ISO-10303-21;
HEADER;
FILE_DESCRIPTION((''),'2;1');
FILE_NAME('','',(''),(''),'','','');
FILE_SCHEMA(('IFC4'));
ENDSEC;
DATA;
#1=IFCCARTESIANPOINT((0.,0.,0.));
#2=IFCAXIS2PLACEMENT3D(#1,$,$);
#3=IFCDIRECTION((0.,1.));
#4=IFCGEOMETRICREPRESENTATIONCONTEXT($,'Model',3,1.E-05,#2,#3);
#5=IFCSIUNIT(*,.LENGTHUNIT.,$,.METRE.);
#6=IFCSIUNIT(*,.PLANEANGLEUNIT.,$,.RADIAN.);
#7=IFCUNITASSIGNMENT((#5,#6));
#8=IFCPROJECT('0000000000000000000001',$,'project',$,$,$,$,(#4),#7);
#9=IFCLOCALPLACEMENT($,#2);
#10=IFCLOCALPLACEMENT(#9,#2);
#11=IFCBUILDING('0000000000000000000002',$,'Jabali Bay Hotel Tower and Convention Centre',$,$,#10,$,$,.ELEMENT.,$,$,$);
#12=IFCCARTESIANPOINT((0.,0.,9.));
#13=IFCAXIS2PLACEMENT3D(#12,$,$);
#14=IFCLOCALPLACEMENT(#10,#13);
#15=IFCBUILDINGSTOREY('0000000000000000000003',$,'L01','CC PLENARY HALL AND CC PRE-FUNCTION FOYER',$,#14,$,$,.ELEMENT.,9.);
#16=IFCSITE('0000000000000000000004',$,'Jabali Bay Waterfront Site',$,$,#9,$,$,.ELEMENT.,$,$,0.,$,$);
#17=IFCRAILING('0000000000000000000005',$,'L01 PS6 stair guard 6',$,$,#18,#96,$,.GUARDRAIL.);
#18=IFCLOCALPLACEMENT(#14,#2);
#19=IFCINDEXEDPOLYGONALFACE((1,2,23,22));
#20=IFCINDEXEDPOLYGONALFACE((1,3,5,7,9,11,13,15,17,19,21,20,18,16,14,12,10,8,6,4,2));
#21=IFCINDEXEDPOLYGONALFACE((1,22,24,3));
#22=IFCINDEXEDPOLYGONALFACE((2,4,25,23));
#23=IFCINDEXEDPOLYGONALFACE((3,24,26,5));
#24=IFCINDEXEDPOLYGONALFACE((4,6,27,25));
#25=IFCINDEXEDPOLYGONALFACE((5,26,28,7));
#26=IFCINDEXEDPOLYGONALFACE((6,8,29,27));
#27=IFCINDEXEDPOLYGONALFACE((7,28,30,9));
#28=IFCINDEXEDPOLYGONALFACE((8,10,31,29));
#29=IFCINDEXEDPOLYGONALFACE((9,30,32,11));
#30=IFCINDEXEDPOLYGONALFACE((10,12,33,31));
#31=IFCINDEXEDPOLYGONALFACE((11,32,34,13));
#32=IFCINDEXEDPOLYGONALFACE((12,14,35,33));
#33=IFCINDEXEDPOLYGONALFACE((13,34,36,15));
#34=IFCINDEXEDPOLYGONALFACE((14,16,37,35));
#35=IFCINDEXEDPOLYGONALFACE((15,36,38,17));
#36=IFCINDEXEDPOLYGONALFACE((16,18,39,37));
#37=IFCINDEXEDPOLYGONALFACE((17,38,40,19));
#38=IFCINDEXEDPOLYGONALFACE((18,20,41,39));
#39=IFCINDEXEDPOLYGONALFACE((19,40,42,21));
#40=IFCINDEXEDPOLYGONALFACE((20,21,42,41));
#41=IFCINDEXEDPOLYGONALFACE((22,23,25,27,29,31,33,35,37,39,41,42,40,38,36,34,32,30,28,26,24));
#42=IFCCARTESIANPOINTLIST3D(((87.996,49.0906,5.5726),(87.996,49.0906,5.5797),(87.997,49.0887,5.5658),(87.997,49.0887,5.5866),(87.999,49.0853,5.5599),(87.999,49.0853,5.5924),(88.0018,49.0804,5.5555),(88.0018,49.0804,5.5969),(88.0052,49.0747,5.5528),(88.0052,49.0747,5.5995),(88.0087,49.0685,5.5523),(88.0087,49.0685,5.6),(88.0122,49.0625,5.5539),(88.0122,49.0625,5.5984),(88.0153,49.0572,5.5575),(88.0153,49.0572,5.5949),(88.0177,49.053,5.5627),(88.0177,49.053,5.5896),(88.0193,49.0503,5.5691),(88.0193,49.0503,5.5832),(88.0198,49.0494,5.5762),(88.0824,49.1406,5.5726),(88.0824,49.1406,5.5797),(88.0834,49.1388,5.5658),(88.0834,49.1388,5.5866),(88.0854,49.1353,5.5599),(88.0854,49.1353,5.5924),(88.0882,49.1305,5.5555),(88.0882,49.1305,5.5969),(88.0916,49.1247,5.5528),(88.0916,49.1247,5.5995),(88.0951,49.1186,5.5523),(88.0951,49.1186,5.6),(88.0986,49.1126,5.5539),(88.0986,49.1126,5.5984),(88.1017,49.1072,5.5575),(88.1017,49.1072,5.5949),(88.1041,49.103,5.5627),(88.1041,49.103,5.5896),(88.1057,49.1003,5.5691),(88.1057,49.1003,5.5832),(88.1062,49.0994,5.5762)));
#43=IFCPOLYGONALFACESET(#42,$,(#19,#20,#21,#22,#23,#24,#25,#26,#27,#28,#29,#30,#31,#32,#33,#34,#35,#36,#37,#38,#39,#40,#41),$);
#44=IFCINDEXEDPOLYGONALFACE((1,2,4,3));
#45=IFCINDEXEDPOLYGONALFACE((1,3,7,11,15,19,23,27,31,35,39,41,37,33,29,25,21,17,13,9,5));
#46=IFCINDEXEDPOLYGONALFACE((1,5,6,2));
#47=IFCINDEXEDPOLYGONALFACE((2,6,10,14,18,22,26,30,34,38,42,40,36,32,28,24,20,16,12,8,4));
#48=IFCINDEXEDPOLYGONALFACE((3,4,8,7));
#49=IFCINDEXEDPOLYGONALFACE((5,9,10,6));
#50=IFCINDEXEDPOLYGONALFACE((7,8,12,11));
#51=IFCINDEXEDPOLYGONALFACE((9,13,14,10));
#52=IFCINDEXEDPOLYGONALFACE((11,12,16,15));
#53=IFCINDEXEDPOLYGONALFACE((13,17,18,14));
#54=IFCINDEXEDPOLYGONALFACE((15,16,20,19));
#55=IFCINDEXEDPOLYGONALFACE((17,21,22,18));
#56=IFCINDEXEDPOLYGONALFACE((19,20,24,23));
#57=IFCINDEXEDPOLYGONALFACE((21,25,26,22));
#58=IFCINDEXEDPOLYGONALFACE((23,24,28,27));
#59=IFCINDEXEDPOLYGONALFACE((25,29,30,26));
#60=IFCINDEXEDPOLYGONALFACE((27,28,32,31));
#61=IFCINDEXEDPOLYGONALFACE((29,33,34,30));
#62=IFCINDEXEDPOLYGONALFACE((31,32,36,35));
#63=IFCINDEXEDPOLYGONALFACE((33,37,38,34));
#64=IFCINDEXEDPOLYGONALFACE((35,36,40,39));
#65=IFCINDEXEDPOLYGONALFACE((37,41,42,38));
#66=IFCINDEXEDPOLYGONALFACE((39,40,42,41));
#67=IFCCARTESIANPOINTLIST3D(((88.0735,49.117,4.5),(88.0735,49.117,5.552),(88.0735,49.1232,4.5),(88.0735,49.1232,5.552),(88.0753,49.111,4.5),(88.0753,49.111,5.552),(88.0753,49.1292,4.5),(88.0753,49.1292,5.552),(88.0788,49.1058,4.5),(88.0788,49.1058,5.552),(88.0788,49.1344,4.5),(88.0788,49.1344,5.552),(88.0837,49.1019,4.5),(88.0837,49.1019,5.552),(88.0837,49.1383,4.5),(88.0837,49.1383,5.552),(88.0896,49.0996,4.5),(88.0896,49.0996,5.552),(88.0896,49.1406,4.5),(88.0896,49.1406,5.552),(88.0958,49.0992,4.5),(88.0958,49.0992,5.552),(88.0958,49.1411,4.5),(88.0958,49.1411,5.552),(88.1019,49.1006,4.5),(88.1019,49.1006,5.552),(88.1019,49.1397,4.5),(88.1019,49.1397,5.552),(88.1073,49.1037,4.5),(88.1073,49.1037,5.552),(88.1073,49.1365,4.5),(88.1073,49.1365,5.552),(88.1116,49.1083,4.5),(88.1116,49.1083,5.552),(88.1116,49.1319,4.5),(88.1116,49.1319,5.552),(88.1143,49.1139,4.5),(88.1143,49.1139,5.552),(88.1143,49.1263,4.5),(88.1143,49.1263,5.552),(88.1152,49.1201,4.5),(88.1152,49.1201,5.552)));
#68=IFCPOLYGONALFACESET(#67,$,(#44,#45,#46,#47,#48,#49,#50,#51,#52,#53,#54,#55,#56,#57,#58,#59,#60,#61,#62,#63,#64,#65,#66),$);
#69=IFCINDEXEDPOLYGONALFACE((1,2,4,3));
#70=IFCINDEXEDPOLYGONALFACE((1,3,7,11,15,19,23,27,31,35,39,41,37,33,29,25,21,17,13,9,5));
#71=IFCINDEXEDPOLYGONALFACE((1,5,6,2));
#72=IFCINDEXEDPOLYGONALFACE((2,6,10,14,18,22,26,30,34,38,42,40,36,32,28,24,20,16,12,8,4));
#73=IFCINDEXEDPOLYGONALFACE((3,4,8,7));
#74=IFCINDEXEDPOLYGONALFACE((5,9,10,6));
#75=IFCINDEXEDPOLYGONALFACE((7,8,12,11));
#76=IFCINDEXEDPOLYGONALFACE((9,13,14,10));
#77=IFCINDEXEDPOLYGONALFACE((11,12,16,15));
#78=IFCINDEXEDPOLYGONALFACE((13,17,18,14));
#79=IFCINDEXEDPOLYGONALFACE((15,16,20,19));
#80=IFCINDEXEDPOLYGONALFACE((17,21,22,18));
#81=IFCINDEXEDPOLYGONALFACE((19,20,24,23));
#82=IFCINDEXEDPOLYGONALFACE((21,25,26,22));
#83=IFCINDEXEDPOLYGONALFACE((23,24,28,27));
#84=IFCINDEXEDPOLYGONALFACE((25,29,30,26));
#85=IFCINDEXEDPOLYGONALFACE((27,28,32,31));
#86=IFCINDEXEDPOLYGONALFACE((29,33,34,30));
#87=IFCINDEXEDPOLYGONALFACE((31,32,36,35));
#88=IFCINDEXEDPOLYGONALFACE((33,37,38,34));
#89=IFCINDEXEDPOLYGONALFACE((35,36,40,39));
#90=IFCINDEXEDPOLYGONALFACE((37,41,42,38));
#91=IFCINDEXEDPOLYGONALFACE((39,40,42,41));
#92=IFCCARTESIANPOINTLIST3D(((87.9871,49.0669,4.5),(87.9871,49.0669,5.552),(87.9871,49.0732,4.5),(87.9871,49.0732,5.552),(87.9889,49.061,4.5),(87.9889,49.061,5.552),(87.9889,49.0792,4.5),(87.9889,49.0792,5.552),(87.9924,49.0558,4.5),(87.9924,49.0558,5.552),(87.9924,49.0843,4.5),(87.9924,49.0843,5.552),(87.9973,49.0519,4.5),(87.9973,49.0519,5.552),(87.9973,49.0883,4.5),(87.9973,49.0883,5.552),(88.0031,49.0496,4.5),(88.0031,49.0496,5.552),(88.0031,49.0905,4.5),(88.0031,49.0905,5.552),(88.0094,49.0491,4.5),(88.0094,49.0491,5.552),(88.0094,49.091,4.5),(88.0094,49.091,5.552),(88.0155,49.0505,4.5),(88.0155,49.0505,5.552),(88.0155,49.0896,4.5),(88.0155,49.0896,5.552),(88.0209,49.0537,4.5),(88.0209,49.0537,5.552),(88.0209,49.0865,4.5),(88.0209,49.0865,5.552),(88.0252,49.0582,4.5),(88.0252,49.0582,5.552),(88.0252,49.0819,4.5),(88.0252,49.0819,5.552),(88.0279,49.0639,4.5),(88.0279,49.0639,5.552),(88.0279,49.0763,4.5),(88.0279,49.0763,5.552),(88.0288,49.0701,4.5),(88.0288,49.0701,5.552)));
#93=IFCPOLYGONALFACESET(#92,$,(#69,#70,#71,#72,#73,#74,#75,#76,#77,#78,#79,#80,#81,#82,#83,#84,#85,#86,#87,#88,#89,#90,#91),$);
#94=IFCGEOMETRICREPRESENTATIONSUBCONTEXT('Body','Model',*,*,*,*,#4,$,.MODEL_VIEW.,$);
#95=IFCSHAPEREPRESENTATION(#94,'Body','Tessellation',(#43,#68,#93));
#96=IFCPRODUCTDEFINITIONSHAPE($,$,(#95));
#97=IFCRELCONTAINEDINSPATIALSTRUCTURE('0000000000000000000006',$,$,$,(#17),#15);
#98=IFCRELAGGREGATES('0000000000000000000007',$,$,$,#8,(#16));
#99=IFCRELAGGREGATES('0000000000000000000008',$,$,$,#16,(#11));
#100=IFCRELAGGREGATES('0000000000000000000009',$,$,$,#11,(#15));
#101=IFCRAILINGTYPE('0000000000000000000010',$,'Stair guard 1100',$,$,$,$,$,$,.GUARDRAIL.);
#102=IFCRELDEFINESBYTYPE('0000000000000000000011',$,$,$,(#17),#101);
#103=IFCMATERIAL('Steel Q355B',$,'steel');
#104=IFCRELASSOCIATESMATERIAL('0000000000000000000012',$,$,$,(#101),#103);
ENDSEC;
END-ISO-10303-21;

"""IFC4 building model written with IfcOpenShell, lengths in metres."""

from ifc_helpers import new_model, si_unit, direction, frame, origin, origin_2d, place, context, subcontext, project, spatial, circle, extrude, material, type_object, element, save


model = new_model("IFC4")

# Units and contexts
model_context = context("Model", 3, precision=1e-05, world=origin(), true_north=direction((0.0, 1.0)))
body_context = subcontext(model_context, "Body", "Model", "MODEL_VIEW")
ifc_project = project(units=[si_unit("LENGTHUNIT", "METRE"), si_unit("PLANEANGLEUNIT", "RADIAN")], contexts=[model_context])

# Site, building, storey
site_placement = place(None, origin())
site = spatial("IfcSite", under=ifc_project, at=site_placement, Name="Jabali Bay Waterfront Site", CompositionType="ELEMENT", RefElevation=0.0)
building_placement = place(site_placement, origin())
building = spatial("IfcBuilding", under=site, at=building_placement, Name="Jabali Bay Hotel Tower and Convention Centre", CompositionType="ELEMENT")
storey_placement = place(building_placement, frame((0.0, 0.0, 9.0)))
storey = spatial("IfcBuildingStorey", under=building, at=storey_placement, Name="L01", Description="CC PLENARY HALL AND CC PRE-FUNCTION FOYER", CompositionType="ELEMENT", Elevation=9.0)

# Railing
ifc_material_1 = material(Name="Steel Q355B", Category="steel")
railing_type_1 = type_object("IfcRailingType", Name="Stair guard 1100", PredefinedType="GUARDRAIL", material=ifc_material_1)
railing_1_placement = place(storey_placement, frame((88.0942, 49.1201, 4.5)))
element("IfcRailing", 1, at=railing_1_placement, inside=storey, type_object=railing_type_1, Name="L01 PS6 stair guard 6", PredefinedType="GUARDRAIL", context=body_context, shape_type="SweptSolid", body=[
    extrude(circle(Radius=0.0239, at=origin_2d()), frame((0.0, 0.0, 1.0762), z_axis=(-0.86537, -0.501133, 0.0), x_axis=(0.501133, -0.86537, 0.0)), (0.0, 0.0, 1.0), 0.0999),
    extrude(circle(Radius=0.021, at=origin_2d()), origin(), (0.0, 0.0, 1.0), 1.052),
    extrude(circle(Radius=0.021, at=origin_2d()), frame((-0.0864, -0.05, 0.0)), (0.0, 0.0, 1.0), 1.052),
])

save(model, "model.ifc")
